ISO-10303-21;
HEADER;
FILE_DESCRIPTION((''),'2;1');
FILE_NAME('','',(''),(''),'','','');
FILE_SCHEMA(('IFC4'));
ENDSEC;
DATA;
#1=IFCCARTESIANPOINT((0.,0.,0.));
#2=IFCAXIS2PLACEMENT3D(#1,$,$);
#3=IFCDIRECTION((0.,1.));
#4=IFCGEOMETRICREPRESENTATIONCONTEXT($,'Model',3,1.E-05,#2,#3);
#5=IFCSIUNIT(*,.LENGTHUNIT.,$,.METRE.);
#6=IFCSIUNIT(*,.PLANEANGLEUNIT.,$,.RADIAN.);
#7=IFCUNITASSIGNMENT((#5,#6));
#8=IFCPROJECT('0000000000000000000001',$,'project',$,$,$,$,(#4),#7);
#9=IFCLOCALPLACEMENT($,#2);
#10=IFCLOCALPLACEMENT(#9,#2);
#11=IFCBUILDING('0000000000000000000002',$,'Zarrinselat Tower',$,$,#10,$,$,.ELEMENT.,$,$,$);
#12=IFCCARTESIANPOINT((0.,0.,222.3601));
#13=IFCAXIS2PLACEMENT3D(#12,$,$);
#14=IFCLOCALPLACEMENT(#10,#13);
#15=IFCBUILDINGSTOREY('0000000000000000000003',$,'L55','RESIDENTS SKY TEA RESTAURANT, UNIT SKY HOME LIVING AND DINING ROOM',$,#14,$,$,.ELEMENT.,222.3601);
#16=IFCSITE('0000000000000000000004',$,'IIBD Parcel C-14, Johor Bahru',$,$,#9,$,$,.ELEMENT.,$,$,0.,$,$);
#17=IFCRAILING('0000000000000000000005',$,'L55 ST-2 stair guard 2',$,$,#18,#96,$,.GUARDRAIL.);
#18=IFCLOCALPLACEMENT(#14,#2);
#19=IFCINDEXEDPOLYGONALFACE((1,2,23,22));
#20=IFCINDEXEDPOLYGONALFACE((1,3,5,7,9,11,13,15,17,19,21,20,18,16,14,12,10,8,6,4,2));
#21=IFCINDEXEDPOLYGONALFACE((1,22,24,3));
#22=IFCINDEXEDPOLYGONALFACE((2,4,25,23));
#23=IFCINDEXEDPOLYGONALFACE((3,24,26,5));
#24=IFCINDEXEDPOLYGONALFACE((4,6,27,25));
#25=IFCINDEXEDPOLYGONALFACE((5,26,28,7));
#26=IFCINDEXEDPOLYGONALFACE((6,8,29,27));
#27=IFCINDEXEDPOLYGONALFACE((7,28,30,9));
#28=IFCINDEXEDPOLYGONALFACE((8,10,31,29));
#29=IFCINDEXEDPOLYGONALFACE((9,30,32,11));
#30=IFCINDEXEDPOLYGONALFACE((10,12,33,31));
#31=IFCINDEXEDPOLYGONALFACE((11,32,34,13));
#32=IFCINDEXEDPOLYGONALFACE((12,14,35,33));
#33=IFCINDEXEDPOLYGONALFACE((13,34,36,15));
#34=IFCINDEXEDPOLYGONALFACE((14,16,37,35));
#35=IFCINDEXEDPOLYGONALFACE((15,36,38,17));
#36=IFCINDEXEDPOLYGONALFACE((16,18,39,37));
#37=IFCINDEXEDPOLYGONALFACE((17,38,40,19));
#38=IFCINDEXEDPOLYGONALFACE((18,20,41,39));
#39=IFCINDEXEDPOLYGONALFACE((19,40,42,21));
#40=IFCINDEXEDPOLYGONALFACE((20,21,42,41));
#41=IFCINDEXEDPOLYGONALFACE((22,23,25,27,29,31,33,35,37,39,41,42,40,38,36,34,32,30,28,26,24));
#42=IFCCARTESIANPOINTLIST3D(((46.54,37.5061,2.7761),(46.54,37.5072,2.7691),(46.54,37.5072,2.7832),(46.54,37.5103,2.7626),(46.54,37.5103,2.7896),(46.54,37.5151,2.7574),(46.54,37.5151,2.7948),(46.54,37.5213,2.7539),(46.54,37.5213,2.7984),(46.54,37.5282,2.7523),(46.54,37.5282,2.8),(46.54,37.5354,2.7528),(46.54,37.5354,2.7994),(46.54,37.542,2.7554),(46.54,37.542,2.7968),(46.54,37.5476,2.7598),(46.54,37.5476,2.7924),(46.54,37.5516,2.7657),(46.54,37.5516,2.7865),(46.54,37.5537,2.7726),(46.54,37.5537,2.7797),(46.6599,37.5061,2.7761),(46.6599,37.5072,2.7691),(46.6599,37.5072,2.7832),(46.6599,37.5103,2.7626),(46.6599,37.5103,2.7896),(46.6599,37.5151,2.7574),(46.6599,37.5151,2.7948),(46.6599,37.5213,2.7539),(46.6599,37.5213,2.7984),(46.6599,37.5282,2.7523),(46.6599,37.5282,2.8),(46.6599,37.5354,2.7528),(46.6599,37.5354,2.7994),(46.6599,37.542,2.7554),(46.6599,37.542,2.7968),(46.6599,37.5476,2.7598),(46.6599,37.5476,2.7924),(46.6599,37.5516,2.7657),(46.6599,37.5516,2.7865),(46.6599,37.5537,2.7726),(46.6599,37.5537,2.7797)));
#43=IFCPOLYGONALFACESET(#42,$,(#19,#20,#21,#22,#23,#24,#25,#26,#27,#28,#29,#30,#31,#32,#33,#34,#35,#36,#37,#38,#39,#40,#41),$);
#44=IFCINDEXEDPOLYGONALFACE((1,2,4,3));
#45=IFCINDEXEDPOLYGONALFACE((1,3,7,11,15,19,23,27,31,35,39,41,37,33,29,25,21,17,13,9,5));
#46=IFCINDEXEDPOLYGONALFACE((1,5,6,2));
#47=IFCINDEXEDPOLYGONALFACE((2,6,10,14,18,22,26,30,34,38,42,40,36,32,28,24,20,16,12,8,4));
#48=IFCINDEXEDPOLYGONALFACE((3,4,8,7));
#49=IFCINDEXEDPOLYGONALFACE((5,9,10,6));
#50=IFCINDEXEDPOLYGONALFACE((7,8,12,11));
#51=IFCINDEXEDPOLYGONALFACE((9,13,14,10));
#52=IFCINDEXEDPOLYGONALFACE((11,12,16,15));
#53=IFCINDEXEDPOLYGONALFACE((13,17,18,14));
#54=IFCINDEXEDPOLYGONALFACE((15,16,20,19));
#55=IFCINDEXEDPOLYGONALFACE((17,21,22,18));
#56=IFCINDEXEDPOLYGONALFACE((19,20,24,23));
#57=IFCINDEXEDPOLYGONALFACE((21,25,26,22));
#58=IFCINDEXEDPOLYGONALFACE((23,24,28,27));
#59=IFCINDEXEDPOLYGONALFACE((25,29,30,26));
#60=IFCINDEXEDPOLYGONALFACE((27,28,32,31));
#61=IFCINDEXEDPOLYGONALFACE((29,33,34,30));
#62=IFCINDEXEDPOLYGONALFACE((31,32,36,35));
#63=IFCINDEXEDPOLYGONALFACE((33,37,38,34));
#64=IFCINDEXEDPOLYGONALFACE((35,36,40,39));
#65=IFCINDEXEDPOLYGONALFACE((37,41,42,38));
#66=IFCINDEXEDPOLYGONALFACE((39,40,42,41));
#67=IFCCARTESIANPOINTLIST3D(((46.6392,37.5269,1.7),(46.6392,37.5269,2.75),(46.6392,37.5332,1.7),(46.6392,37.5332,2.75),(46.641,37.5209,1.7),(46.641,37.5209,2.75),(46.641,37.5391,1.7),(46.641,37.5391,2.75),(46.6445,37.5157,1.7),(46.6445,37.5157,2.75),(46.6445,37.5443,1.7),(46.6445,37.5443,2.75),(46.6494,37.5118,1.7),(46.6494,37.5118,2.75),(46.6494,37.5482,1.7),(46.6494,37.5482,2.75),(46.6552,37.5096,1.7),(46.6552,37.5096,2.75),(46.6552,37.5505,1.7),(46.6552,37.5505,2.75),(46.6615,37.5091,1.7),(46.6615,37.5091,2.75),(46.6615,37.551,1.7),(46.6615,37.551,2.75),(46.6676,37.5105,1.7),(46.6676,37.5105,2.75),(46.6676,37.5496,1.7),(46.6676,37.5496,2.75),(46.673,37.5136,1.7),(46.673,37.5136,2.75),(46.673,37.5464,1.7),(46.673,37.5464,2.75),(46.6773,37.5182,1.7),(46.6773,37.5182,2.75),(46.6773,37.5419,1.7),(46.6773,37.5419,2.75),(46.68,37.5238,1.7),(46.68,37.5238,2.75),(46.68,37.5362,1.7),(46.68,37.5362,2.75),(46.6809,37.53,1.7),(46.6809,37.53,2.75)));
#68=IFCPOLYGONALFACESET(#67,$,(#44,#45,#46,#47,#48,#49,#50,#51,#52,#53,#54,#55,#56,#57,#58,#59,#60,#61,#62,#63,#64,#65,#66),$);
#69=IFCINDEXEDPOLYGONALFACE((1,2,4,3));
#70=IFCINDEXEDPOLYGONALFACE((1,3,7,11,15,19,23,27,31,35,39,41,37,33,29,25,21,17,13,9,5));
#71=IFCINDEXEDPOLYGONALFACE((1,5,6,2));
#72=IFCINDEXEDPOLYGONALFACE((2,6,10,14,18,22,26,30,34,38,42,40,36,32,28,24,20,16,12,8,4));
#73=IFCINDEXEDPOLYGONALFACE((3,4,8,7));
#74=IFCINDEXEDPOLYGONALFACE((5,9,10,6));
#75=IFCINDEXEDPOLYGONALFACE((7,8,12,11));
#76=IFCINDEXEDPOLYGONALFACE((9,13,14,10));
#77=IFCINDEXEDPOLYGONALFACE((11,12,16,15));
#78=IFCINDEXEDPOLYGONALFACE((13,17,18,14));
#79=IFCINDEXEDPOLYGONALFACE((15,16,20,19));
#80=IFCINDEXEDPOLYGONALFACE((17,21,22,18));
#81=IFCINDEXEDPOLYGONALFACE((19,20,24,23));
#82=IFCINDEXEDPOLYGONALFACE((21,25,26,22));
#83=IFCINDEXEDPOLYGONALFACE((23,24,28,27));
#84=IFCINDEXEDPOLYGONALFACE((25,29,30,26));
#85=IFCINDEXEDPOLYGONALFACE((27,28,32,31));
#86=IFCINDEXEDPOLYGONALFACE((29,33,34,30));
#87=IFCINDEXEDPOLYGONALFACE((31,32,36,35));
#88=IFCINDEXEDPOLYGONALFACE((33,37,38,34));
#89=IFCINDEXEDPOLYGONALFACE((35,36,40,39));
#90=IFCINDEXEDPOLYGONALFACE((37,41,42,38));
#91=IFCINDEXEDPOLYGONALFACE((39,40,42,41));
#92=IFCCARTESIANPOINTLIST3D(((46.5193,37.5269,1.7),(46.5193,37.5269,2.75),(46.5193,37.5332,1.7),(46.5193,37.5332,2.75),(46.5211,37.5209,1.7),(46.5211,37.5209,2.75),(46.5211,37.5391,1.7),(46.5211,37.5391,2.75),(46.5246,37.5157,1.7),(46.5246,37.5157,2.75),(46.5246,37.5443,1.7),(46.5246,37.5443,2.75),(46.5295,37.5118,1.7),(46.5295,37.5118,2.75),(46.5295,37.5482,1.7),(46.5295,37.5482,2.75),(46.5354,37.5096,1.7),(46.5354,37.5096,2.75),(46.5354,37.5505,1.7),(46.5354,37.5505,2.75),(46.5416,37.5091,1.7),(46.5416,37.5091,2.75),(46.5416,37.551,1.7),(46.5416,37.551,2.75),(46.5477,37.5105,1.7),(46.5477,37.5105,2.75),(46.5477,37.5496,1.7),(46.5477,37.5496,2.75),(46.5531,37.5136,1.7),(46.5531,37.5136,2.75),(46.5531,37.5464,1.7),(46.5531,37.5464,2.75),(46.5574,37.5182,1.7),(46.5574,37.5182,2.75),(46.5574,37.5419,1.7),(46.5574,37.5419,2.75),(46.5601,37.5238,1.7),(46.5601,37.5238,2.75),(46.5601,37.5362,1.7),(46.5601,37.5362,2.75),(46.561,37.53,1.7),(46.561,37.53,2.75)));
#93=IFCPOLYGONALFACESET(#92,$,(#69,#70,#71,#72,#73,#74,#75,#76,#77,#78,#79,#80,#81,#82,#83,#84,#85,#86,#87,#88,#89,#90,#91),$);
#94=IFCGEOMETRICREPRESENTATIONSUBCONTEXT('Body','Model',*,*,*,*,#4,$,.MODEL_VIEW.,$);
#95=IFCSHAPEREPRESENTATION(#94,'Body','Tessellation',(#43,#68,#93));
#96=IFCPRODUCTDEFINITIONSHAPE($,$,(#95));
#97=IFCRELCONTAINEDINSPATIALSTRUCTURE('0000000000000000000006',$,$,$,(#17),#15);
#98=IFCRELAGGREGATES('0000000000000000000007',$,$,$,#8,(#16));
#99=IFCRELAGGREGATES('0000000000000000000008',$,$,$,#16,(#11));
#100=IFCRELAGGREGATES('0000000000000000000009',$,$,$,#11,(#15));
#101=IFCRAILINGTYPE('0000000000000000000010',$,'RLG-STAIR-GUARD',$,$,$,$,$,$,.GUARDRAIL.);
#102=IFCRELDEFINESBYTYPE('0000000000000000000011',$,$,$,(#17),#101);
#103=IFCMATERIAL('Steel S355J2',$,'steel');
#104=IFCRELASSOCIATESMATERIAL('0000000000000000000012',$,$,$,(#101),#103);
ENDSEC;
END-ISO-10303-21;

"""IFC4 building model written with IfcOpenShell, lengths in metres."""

from ifc_helpers import new_model, si_unit, direction, frame, origin, origin_2d, place, context, subcontext, project, spatial, circle, extrude, material, type_object, element, save


model = new_model("IFC4")

# Units and contexts
model_context = context("Model", 3, precision=1e-05, world=origin(), true_north=direction((0.0, 1.0)))
body_context = subcontext(model_context, "Body", "Model", "MODEL_VIEW")
ifc_project = project(units=[si_unit("LENGTHUNIT", "METRE"), si_unit("PLANEANGLEUNIT", "RADIAN")], contexts=[model_context])

# Site, building, storey
site_placement = place(None, origin())
site = spatial("IfcSite", under=ifc_project, at=site_placement, Name="IIBD Parcel C-14, Johor Bahru", CompositionType="ELEMENT", RefElevation=0.0)
building_placement = place(site_placement, origin())
building = spatial("IfcBuilding", under=site, at=building_placement, Name="Zarrinselat Tower", CompositionType="ELEMENT")
storey_placement = place(building_placement, frame((0.0, 0.0, 222.3601)))
storey = spatial("IfcBuildingStorey", under=building, at=storey_placement, Name="L55", Description="RESIDENTS SKY TEA RESTAURANT, UNIT SKY HOME LIVING AND DINING ROOM", CompositionType="ELEMENT", Elevation=222.3601)

# Railing
ifc_material_1 = material(Name="Steel S355J2", Category="steel")
railing_type_1 = type_object("IfcRailingType", Name="RLG-STAIR-GUARD", PredefinedType="GUARDRAIL", material=ifc_material_1)
railing_1_placement = place(storey_placement, frame((46.6599, 37.53, 1.7)))
element("IfcRailing", 1, at=railing_1_placement, inside=storey, type_object=railing_type_1, Name="L55 ST-2 stair guard 2", PredefinedType="GUARDRAIL", context=body_context, shape_type="SweptSolid", body=[
    extrude(circle(Radius=0.0239, at=origin_2d()), frame((0.0, 0.0, 1.0762), z_axis=(-1.0, 0.0, 0.0), x_axis=(0.0, -1.0, 0.0)), (0.0, 0.0, 1.0), 0.1199),
    extrude(circle(Radius=0.021, at=origin_2d()), origin(), (0.0, 0.0, 1.0), 1.05),
    extrude(circle(Radius=0.021, at=origin_2d()), frame((-0.1199, 0.0, 0.0)), (0.0, 0.0, 1.0), 1.05),
])

save(model, "model.ifc")
